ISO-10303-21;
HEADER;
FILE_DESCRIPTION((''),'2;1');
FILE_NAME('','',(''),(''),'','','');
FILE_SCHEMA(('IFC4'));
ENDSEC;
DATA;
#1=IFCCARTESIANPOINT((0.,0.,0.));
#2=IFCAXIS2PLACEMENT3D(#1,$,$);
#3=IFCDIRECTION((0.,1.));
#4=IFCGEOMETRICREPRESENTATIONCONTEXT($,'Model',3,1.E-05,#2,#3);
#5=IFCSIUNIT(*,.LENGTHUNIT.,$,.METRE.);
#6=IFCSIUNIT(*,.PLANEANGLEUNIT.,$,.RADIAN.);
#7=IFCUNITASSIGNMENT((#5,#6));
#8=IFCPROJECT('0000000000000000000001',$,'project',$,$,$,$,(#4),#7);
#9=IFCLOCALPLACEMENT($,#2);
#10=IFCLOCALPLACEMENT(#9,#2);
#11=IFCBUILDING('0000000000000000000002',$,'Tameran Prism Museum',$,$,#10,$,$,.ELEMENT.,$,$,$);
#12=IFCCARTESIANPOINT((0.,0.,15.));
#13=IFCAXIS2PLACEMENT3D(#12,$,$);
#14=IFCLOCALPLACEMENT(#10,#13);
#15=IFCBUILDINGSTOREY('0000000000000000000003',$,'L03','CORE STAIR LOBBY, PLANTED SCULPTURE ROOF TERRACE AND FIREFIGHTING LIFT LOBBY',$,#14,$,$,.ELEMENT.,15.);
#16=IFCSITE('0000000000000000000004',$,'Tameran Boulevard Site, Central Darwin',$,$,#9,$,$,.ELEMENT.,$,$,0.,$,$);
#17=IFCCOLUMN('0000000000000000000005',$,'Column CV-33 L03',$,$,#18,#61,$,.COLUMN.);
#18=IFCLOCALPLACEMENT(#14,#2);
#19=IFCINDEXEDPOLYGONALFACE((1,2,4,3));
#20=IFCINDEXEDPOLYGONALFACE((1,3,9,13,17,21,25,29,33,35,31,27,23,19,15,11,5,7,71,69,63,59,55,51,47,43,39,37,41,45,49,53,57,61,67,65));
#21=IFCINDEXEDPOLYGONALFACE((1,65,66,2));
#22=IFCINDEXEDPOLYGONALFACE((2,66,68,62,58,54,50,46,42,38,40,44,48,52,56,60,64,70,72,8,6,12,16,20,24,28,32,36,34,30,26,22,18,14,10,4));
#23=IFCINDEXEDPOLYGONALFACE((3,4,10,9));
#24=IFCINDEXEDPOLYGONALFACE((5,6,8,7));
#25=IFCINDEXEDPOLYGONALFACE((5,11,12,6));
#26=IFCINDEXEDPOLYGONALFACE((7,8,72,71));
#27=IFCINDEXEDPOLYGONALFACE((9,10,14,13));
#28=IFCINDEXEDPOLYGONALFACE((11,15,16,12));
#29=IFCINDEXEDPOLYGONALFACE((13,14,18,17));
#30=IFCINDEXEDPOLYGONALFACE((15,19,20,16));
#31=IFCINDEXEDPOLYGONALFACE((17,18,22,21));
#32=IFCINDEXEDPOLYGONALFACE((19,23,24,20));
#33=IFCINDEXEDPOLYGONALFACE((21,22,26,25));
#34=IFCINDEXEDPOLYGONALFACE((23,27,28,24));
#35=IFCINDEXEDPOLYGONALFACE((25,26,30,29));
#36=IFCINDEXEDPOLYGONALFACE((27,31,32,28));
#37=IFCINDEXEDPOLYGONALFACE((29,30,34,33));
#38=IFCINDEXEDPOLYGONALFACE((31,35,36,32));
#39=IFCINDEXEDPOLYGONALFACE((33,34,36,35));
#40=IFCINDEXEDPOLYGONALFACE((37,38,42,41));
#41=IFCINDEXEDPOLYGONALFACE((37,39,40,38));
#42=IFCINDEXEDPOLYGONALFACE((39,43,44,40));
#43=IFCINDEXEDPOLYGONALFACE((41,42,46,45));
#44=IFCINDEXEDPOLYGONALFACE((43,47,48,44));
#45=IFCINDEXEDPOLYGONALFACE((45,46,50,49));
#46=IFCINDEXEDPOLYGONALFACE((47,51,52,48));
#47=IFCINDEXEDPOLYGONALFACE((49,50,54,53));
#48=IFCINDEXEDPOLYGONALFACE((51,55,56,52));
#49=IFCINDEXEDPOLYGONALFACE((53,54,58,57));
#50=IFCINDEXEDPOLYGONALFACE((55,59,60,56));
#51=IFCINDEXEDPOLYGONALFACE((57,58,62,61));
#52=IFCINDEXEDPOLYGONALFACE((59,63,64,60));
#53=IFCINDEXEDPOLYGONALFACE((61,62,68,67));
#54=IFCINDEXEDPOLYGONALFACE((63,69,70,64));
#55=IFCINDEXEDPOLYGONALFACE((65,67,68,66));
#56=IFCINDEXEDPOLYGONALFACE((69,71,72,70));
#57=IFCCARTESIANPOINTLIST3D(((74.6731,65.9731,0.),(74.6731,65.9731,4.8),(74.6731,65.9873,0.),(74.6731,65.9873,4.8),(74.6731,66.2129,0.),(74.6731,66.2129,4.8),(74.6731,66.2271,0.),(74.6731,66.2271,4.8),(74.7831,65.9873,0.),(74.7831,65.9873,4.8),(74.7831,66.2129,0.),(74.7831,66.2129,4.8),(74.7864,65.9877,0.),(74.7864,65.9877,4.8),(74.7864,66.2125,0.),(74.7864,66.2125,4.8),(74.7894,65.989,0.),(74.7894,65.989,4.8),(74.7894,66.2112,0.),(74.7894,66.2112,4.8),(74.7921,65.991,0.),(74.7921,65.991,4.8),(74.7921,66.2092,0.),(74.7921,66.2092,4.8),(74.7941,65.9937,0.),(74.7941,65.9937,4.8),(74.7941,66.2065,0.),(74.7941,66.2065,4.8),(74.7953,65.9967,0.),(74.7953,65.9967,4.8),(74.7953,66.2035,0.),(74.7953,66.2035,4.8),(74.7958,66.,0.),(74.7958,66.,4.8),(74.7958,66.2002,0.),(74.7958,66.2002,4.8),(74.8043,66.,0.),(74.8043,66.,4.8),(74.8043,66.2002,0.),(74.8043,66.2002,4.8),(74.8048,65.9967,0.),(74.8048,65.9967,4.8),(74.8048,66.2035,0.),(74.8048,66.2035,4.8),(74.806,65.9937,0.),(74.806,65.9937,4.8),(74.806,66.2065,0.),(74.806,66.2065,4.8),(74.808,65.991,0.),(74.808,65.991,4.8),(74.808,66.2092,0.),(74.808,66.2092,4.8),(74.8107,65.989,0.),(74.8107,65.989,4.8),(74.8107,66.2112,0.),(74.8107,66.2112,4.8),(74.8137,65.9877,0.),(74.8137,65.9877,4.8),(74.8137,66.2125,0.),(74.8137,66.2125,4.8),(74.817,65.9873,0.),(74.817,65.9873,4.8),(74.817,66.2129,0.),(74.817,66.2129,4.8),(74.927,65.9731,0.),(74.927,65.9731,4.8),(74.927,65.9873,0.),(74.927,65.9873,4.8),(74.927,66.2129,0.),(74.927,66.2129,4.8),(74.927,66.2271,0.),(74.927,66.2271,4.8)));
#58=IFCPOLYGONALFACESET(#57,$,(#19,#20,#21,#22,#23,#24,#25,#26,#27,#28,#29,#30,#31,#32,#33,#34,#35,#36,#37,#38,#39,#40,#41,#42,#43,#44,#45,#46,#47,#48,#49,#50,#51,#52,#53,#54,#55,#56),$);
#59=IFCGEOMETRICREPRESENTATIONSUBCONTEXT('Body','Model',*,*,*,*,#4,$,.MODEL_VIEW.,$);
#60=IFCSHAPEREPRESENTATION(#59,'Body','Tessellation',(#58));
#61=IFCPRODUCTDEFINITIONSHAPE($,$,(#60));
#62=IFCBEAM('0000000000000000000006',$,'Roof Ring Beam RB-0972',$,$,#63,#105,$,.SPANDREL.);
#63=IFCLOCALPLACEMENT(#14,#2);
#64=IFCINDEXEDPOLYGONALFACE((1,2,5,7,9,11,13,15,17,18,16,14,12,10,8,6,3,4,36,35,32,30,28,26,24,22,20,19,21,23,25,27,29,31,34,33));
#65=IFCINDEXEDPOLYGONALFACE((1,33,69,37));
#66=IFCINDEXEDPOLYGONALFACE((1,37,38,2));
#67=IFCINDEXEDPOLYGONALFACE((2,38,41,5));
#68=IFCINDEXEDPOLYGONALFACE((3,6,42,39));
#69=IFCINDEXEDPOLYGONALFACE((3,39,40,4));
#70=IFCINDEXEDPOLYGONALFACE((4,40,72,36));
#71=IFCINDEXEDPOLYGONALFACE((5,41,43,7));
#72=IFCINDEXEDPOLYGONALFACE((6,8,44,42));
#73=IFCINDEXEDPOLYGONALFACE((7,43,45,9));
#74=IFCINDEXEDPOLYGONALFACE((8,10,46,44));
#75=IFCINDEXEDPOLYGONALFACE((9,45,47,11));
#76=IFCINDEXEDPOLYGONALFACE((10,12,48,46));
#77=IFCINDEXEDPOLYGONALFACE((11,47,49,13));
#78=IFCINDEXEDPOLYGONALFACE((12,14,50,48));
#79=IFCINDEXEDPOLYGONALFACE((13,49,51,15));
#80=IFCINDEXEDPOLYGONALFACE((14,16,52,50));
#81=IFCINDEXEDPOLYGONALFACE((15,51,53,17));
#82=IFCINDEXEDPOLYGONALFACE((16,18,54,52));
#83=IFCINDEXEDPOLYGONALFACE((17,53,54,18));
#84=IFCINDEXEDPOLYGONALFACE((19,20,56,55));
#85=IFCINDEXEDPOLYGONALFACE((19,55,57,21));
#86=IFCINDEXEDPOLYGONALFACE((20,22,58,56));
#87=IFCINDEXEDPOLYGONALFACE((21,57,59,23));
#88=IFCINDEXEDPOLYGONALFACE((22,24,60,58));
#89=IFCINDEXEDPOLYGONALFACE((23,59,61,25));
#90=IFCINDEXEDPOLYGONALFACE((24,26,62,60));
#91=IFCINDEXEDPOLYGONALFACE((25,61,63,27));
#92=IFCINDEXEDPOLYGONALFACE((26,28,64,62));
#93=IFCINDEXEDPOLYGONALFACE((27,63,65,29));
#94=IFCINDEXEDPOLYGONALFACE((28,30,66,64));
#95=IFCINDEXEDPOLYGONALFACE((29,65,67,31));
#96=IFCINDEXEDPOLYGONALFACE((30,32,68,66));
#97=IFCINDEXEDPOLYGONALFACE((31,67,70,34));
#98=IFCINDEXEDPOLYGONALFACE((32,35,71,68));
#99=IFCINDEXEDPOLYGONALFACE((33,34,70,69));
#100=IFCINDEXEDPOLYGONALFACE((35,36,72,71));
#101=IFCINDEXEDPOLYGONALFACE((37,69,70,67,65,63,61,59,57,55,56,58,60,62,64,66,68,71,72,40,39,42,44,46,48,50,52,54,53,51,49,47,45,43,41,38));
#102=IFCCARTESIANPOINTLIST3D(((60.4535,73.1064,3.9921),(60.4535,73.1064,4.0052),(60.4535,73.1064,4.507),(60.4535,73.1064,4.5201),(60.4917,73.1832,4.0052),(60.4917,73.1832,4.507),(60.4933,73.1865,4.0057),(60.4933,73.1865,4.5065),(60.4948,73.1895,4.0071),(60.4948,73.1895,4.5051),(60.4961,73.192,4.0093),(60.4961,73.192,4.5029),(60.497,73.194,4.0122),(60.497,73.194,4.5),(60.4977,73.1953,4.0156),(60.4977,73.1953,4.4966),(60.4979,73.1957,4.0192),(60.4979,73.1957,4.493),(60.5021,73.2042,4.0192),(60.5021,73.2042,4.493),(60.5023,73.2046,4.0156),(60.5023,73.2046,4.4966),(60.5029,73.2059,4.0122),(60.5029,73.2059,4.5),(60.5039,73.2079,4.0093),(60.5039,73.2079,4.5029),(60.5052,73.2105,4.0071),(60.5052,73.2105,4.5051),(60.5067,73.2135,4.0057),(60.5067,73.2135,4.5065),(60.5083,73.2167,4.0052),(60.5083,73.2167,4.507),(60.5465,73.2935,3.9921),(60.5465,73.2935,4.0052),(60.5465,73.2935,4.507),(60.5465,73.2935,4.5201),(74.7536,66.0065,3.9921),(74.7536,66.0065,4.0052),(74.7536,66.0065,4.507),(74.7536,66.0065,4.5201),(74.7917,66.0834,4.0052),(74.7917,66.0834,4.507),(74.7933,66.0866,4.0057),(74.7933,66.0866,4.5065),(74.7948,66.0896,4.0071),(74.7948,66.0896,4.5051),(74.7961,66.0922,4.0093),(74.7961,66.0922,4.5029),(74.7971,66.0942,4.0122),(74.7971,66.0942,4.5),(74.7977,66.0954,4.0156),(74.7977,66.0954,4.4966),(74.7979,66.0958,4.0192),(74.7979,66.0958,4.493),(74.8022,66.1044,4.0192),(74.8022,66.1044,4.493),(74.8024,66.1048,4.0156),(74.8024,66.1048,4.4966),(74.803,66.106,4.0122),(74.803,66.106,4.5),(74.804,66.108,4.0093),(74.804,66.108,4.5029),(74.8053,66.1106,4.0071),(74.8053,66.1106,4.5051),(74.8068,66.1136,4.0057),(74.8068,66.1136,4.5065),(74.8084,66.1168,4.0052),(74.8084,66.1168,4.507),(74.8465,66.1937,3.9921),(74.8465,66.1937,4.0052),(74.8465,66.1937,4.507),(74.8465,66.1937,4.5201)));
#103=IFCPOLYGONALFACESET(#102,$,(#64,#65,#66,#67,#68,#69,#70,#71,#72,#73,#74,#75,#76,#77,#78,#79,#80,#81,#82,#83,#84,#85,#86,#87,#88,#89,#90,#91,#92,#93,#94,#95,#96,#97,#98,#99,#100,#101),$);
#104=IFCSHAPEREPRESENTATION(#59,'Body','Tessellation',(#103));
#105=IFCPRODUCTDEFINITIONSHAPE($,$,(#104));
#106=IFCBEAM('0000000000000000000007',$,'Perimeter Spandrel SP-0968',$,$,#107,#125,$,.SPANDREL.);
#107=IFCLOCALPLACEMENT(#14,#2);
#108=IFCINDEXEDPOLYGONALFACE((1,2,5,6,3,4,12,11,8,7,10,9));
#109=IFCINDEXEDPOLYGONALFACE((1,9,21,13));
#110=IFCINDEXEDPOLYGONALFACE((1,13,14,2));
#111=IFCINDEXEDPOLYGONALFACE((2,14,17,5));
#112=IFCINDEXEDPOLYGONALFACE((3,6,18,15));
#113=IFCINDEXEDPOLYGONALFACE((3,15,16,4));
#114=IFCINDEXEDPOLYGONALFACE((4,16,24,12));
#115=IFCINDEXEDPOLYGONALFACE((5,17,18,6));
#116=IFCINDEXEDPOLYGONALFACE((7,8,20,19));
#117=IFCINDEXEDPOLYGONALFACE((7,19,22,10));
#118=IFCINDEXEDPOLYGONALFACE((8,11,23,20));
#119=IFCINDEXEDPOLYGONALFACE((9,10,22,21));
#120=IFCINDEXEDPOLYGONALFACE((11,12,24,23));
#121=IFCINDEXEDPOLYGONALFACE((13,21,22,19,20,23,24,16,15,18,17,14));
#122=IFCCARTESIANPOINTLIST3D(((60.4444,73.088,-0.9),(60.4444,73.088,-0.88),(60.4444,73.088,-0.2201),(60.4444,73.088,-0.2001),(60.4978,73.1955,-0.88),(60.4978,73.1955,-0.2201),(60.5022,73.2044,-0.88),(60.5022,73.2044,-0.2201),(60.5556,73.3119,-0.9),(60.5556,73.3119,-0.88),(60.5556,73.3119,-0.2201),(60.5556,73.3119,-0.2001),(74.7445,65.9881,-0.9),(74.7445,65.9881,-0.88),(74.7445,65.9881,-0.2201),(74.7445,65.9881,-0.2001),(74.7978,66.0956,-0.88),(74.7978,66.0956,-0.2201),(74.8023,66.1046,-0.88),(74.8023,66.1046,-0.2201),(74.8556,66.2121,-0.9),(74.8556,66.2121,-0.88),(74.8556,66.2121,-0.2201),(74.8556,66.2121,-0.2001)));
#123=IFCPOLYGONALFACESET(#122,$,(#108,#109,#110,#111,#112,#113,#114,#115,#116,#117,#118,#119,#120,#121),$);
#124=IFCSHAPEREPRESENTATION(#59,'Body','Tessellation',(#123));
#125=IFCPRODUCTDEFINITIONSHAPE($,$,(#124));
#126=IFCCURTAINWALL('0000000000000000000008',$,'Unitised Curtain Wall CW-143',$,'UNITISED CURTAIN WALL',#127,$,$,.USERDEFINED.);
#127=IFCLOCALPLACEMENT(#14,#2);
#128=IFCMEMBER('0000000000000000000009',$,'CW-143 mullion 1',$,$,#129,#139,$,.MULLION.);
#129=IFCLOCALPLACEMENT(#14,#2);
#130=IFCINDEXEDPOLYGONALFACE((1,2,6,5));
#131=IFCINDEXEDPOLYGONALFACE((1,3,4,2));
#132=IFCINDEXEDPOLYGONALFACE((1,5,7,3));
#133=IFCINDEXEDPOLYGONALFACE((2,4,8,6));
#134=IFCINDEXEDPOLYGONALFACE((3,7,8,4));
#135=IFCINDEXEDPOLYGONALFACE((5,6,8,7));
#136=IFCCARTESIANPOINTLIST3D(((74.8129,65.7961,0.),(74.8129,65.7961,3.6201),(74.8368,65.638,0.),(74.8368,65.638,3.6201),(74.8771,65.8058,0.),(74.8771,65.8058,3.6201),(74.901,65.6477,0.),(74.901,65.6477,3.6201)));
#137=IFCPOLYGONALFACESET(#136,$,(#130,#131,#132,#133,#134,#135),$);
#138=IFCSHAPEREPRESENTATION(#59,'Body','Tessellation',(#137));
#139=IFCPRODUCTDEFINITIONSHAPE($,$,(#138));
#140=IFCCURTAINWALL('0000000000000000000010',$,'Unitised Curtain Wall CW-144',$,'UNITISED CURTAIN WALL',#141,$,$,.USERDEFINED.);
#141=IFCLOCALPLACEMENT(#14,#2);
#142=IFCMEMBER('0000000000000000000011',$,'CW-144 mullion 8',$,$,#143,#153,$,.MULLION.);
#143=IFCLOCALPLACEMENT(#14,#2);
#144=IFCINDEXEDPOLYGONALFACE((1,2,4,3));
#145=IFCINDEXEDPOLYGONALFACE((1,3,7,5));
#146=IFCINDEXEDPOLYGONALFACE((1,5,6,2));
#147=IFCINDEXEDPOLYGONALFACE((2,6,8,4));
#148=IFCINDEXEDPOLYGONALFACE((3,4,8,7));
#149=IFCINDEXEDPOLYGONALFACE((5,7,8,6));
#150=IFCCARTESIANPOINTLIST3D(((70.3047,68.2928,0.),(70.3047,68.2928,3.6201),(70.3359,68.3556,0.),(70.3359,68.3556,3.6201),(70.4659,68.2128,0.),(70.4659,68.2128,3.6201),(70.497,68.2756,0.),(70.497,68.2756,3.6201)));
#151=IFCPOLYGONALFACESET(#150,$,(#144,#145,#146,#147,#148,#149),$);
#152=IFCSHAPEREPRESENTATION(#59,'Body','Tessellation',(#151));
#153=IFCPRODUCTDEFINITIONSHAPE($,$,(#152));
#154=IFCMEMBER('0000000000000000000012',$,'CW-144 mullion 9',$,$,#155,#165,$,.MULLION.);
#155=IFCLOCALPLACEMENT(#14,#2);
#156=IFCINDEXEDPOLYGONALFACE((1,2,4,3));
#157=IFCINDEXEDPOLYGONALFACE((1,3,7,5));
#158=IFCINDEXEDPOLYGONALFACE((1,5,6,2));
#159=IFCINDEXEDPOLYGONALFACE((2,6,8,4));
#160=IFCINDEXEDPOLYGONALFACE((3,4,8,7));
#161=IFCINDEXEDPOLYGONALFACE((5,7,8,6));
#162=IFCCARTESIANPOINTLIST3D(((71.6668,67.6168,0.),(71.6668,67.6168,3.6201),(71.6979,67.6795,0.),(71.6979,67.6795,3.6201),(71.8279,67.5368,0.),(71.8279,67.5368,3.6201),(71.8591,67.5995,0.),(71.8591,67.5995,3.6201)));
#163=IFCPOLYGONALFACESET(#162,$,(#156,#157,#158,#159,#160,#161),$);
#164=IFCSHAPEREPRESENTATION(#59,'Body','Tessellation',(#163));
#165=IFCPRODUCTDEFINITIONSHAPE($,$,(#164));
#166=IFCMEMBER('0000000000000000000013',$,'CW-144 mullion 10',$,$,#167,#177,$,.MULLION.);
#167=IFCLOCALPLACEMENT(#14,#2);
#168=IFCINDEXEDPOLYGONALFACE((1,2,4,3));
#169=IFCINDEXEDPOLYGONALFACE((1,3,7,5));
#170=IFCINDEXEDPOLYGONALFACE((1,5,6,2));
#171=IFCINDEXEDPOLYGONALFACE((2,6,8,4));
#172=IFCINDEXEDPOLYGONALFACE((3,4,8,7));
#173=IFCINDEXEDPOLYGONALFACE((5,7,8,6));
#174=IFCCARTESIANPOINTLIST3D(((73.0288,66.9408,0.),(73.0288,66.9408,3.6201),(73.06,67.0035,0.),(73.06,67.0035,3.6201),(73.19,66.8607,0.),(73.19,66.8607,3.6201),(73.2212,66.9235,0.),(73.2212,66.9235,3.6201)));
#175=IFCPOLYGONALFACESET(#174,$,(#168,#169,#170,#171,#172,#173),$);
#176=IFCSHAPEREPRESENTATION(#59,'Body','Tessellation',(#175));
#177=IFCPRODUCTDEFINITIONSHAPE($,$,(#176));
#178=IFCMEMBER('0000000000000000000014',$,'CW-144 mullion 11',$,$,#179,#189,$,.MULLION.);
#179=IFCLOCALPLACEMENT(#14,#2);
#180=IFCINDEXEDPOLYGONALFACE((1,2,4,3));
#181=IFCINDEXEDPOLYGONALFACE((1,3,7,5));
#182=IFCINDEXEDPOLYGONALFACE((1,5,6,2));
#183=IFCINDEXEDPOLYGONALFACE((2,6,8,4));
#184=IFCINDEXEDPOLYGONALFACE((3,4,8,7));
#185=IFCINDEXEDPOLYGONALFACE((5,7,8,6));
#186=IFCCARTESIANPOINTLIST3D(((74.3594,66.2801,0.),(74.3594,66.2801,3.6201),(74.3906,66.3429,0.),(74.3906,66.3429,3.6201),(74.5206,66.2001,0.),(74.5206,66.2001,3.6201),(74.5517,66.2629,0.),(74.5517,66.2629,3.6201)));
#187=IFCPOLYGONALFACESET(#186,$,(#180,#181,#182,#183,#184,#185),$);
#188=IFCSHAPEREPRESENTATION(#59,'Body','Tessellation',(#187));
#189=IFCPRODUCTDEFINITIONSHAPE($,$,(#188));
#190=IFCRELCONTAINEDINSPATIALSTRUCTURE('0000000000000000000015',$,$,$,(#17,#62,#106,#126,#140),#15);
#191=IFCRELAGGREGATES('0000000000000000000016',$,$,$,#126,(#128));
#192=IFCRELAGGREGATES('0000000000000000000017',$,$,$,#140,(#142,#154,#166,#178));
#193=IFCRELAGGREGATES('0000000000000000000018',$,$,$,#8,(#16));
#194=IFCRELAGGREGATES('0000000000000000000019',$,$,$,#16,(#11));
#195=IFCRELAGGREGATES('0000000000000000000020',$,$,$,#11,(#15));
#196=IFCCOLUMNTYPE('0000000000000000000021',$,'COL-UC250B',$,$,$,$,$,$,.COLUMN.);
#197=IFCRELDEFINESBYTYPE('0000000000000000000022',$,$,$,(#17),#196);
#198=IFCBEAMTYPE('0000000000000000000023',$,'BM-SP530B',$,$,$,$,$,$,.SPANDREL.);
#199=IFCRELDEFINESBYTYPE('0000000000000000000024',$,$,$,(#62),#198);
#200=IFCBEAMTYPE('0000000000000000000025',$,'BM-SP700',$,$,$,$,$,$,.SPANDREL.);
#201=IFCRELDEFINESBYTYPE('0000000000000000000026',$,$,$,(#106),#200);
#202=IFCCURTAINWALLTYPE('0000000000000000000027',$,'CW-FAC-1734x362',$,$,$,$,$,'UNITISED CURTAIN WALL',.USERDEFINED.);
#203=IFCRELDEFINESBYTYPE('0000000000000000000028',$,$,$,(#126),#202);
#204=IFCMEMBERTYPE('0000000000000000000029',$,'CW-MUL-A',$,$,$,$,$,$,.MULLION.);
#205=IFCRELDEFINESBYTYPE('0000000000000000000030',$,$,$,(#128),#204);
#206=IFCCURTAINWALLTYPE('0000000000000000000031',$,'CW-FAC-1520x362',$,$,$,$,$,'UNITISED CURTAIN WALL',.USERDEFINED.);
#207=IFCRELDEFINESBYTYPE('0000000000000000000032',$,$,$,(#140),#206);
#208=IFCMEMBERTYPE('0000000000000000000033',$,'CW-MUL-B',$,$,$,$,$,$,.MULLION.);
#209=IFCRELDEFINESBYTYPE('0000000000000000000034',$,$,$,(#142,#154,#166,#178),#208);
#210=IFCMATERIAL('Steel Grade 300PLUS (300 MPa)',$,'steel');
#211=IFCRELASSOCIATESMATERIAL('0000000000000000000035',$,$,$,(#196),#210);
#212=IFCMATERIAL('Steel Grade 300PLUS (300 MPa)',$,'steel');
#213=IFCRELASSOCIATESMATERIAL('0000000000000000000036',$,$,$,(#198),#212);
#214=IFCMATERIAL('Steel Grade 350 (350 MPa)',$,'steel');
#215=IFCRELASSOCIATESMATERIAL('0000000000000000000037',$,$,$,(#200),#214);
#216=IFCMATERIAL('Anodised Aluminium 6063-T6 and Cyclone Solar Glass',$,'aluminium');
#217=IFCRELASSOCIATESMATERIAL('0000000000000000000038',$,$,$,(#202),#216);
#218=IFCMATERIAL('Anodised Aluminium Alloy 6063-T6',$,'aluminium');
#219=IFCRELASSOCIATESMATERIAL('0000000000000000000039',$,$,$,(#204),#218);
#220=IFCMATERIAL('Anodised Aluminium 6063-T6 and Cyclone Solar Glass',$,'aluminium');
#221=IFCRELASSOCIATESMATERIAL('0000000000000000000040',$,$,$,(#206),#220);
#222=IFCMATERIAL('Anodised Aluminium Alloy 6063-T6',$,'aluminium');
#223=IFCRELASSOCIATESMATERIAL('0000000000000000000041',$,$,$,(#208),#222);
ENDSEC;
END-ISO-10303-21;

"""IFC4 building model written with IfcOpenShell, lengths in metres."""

from ifc_helpers import new_model, si_unit, direction, frame, origin, origin_2d, place, context, subcontext, project, spatial, rectangle, i_section, extrude, material, material_profile, profile_set, type_object, element, aggregate, save


model = new_model("IFC4")

# Units and contexts
model_context = context("Model", 3, precision=1e-05, world=origin(), true_north=direction((0.0, 1.0)))
body_context = subcontext(model_context, "Body", "Model", "MODEL_VIEW")
ifc_project = project(units=[si_unit("LENGTHUNIT", "METRE"), si_unit("PLANEANGLEUNIT", "RADIAN")], contexts=[model_context])

# Site, building, storey
site_placement = place(None, origin())
site = spatial("IfcSite", under=ifc_project, at=site_placement, Name="Tameran Boulevard Site, Central Darwin", CompositionType="ELEMENT", RefElevation=0.0)
building_placement = place(site_placement, origin())
building = spatial("IfcBuilding", under=site, at=building_placement, Name="Tameran Prism Museum", CompositionType="ELEMENT")
storey_placement = place(building_placement, frame((0.0, 0.0, 15.0)))
storey = spatial("IfcBuildingStorey", under=building, at=storey_placement, Name="L03", Description="CORE STAIR LOBBY, PLANTED SCULPTURE ROOF TERRACE AND FIREFIGHTING LIFT LOBBY", CompositionType="ELEMENT", Elevation=15.0)

# Column
ifc_material_1 = material(Name="Steel Grade 300PLUS (300 MPa)", Category="steel")
ifc_material_profile_1 = material_profile(ifc_material_1, i_section(OverallWidth=0.2539, OverallDepth=0.2539, WebThickness=0.0085, FlangeThickness=0.0142, FilletRadius=0.0127, at=origin_2d()))
ifc_profile_set_1 = profile_set([ifc_material_profile_1])
column_type = type_object("IfcColumnType", Name="COL-UC250B", PredefinedType="COLUMN", material=ifc_profile_set_1)
column_placement = place(storey_placement, frame((74.8, 66.1001, 0.0), z_axis=(0.0, 0.0, 1.0), x_axis=(1.0, 0.0, 0.0)))
element("IfcColumn", 1, at=column_placement, inside=storey, type_object=column_type, Name="Column CV-33 L03", PredefinedType="COLUMN", context=body_context, shape_type="SweptSolid", body=[
    extrude(i_section(OverallWidth=0.2539, OverallDepth=0.2539, WebThickness=0.0085, FlangeThickness=0.0142, FilletRadius=0.0127, at=origin_2d()), origin(), (0.0, 0.0, 1.0), 4.8),
])

# Beams
ifc_material_2 = material(Name="Steel Grade 300PLUS (300 MPa)", Category="steel")
ifc_material_profile_2 = material_profile(ifc_material_2, i_section(OverallWidth=0.209, OverallDepth=0.5281, WebThickness=0.0095, FlangeThickness=0.0132, FilletRadius=0.0139, at=origin_2d()))
ifc_profile_set_2 = profile_set([ifc_material_profile_2])
beam_type_1 = type_object("IfcBeamType", Name="BM-SP530B", PredefinedType="SPANDREL", material=ifc_profile_set_2)
beam_1_placement = place(storey_placement, frame((74.8, 66.1001, 4.2561), z_axis=(-0.895681, 0.444698, 0.0), x_axis=(-0.444698, -0.895681, 0.0)))
element("IfcBeam", 2, at=beam_1_placement, inside=storey, type_object=beam_type_1, Name="Roof Ring Beam RB-0972", PredefinedType="SPANDREL", context=body_context, shape_type="SweptSolid", body=[
    extrude(i_section(OverallWidth=0.209, OverallDepth=0.5281, WebThickness=0.0095, FlangeThickness=0.0132, FilletRadius=0.0139, at=origin_2d()), origin(), (0.0, 0.0, 1.0), 15.9656),
])
ifc_material_3 = material(Name="Steel Grade 350 (350 MPa)", Category="steel")
ifc_material_profile_3 = material_profile(ifc_material_3, i_section(OverallWidth=0.25, OverallDepth=0.7, WebThickness=0.01, FlangeThickness=0.02, at=origin_2d()))
ifc_profile_set_3 = profile_set([ifc_material_profile_3])
beam_type_2 = type_object("IfcBeamType", Name="BM-SP700", PredefinedType="SPANDREL", material=ifc_profile_set_3)
beam_2_placement = place(storey_placement, frame((74.8, 66.1001, -0.55), z_axis=(-0.895681, 0.444698, 0.0), x_axis=(-0.444698, -0.895681, 0.0)))
element("IfcBeam", 3, at=beam_2_placement, inside=storey, type_object=beam_type_2, Name="Perimeter Spandrel SP-0968", PredefinedType="SPANDREL", context=body_context, shape_type="SweptSolid", body=[
    extrude(i_section(OverallWidth=0.25, OverallDepth=0.7, WebThickness=0.01, FlangeThickness=0.02, at=origin_2d()), origin(), (0.0, 0.0, 1.0), 15.9656),
])

# Curtain wall, member
ifc_material_4 = material(Name="Anodised Aluminium 6063-T6 and Cyclone Solar Glass", Category="aluminium")
curtain_wall_type_1 = type_object("IfcCurtainWallType", Name="CW-FAC-1734x362", ElementType="UNITISED CURTAIN WALL", PredefinedType="USERDEFINED", material=ifc_material_4)
curtain_wall_1_placement = place(storey_placement, origin())
curtain_wall_1 = element("IfcCurtainWall", 4, at=curtain_wall_1_placement, inside=storey, type_object=curtain_wall_type_1, Name="Unitised Curtain Wall CW-143", ObjectType="UNITISED CURTAIN WALL", PredefinedType="USERDEFINED")
ifc_material_5 = material(Name="Anodised Aluminium Alloy 6063-T6", Category="aluminium")
ifc_material_profile_4 = material_profile(ifc_material_5, rectangle(XDim=0.0649, YDim=0.1599, at=origin_2d()))
ifc_profile_set_4 = profile_set([ifc_material_profile_4])
member_type_1 = type_object("IfcMemberType", Name="CW-MUL-A", PredefinedType="MULLION", material=ifc_profile_set_4)
member_1_placement = place(storey_placement, frame((74.8569, 65.7219, 0.0), z_axis=(0.0, 0.0, 1.0), x_axis=(0.988812, 0.149167, 0.0)))
member_1 = element("IfcMember", 5, at=member_1_placement, type_object=member_type_1, Name="CW-143 mullion 1", PredefinedType="MULLION", context=body_context, shape_type="SweptSolid", body=[
    extrude(rectangle(XDim=0.0649, YDim=0.1599, at=origin_2d()), origin(), (0.0, 0.0, 1.0), 3.6201),
])

# Curtain wall, members
ifc_material_6 = material(Name="Anodised Aluminium 6063-T6 and Cyclone Solar Glass", Category="aluminium")
curtain_wall_type_2 = type_object("IfcCurtainWallType", Name="CW-FAC-1520x362", ElementType="UNITISED CURTAIN WALL", PredefinedType="USERDEFINED", material=ifc_material_6)
curtain_wall_2_placement = place(storey_placement, origin())
curtain_wall_2 = element("IfcCurtainWall", 6, at=curtain_wall_2_placement, inside=storey, type_object=curtain_wall_type_2, Name="Unitised Curtain Wall CW-144", ObjectType="UNITISED CURTAIN WALL", PredefinedType="USERDEFINED")
ifc_material_7 = material(Name="Anodised Aluminium Alloy 6063-T6", Category="aluminium")
ifc_material_profile_5 = material_profile(ifc_material_7, rectangle(XDim=0.0701, YDim=0.1799, at=origin_2d()))
ifc_profile_set_5 = profile_set([ifc_material_profile_5])
member_type_2 = type_object("IfcMemberType", Name="CW-MUL-B", PredefinedType="MULLION", material=ifc_profile_set_5)
member_2_placement = place(storey_placement, frame((70.4009, 68.2842, 0.0), z_axis=(0.0, 0.0, 1.0), x_axis=(0.444634, 0.895712, 0.0)))
member_2 = element("IfcMember", 7, at=member_2_placement, type_object=member_type_2, Name="CW-144 mullion 8", PredefinedType="MULLION", context=body_context, shape_type="SweptSolid", body=[
    extrude(rectangle(XDim=0.0701, YDim=0.1799, at=origin_2d()), origin(), (0.0, 0.0, 1.0), 3.6201),
])
member_3_placement = place(storey_placement, frame((71.7629, 67.6082, 0.0), z_axis=(0.0, 0.0, 1.0), x_axis=(0.444634, 0.895712, 0.0)))
member_3 = element("IfcMember", 8, at=member_3_placement, type_object=member_type_2, Name="CW-144 mullion 9", PredefinedType="MULLION", context=body_context, shape_type="SweptSolid", body=[
    extrude(rectangle(XDim=0.0701, YDim=0.1799, at=origin_2d()), origin(), (0.0, 0.0, 1.0), 3.6201),
])
member_4_placement = place(storey_placement, frame((73.125, 66.9321, 0.0), z_axis=(0.0, 0.0, 1.0), x_axis=(0.444634, 0.895712, 0.0)))
member_4 = element("IfcMember", 9, at=member_4_placement, type_object=member_type_2, Name="CW-144 mullion 10", PredefinedType="MULLION", context=body_context, shape_type="SweptSolid", body=[
    extrude(rectangle(XDim=0.0701, YDim=0.1799, at=origin_2d()), origin(), (0.0, 0.0, 1.0), 3.6201),
])
member_5_placement = place(storey_placement, frame((74.4556, 66.2715, 0.0), z_axis=(0.0, 0.0, 1.0), x_axis=(0.444634, 0.895712, 0.0)))
member_5 = element("IfcMember", 10, at=member_5_placement, type_object=member_type_2, Name="CW-144 mullion 11", PredefinedType="MULLION", context=body_context, shape_type="SweptSolid", body=[
    extrude(rectangle(XDim=0.0701, YDim=0.1799, at=origin_2d()), origin(), (0.0, 0.0, 1.0), 3.6201),
])

aggregate(curtain_wall_1, [member_1])

aggregate(curtain_wall_2, [member_2, member_3, member_4, member_5])

save(model, "model.ifc")
